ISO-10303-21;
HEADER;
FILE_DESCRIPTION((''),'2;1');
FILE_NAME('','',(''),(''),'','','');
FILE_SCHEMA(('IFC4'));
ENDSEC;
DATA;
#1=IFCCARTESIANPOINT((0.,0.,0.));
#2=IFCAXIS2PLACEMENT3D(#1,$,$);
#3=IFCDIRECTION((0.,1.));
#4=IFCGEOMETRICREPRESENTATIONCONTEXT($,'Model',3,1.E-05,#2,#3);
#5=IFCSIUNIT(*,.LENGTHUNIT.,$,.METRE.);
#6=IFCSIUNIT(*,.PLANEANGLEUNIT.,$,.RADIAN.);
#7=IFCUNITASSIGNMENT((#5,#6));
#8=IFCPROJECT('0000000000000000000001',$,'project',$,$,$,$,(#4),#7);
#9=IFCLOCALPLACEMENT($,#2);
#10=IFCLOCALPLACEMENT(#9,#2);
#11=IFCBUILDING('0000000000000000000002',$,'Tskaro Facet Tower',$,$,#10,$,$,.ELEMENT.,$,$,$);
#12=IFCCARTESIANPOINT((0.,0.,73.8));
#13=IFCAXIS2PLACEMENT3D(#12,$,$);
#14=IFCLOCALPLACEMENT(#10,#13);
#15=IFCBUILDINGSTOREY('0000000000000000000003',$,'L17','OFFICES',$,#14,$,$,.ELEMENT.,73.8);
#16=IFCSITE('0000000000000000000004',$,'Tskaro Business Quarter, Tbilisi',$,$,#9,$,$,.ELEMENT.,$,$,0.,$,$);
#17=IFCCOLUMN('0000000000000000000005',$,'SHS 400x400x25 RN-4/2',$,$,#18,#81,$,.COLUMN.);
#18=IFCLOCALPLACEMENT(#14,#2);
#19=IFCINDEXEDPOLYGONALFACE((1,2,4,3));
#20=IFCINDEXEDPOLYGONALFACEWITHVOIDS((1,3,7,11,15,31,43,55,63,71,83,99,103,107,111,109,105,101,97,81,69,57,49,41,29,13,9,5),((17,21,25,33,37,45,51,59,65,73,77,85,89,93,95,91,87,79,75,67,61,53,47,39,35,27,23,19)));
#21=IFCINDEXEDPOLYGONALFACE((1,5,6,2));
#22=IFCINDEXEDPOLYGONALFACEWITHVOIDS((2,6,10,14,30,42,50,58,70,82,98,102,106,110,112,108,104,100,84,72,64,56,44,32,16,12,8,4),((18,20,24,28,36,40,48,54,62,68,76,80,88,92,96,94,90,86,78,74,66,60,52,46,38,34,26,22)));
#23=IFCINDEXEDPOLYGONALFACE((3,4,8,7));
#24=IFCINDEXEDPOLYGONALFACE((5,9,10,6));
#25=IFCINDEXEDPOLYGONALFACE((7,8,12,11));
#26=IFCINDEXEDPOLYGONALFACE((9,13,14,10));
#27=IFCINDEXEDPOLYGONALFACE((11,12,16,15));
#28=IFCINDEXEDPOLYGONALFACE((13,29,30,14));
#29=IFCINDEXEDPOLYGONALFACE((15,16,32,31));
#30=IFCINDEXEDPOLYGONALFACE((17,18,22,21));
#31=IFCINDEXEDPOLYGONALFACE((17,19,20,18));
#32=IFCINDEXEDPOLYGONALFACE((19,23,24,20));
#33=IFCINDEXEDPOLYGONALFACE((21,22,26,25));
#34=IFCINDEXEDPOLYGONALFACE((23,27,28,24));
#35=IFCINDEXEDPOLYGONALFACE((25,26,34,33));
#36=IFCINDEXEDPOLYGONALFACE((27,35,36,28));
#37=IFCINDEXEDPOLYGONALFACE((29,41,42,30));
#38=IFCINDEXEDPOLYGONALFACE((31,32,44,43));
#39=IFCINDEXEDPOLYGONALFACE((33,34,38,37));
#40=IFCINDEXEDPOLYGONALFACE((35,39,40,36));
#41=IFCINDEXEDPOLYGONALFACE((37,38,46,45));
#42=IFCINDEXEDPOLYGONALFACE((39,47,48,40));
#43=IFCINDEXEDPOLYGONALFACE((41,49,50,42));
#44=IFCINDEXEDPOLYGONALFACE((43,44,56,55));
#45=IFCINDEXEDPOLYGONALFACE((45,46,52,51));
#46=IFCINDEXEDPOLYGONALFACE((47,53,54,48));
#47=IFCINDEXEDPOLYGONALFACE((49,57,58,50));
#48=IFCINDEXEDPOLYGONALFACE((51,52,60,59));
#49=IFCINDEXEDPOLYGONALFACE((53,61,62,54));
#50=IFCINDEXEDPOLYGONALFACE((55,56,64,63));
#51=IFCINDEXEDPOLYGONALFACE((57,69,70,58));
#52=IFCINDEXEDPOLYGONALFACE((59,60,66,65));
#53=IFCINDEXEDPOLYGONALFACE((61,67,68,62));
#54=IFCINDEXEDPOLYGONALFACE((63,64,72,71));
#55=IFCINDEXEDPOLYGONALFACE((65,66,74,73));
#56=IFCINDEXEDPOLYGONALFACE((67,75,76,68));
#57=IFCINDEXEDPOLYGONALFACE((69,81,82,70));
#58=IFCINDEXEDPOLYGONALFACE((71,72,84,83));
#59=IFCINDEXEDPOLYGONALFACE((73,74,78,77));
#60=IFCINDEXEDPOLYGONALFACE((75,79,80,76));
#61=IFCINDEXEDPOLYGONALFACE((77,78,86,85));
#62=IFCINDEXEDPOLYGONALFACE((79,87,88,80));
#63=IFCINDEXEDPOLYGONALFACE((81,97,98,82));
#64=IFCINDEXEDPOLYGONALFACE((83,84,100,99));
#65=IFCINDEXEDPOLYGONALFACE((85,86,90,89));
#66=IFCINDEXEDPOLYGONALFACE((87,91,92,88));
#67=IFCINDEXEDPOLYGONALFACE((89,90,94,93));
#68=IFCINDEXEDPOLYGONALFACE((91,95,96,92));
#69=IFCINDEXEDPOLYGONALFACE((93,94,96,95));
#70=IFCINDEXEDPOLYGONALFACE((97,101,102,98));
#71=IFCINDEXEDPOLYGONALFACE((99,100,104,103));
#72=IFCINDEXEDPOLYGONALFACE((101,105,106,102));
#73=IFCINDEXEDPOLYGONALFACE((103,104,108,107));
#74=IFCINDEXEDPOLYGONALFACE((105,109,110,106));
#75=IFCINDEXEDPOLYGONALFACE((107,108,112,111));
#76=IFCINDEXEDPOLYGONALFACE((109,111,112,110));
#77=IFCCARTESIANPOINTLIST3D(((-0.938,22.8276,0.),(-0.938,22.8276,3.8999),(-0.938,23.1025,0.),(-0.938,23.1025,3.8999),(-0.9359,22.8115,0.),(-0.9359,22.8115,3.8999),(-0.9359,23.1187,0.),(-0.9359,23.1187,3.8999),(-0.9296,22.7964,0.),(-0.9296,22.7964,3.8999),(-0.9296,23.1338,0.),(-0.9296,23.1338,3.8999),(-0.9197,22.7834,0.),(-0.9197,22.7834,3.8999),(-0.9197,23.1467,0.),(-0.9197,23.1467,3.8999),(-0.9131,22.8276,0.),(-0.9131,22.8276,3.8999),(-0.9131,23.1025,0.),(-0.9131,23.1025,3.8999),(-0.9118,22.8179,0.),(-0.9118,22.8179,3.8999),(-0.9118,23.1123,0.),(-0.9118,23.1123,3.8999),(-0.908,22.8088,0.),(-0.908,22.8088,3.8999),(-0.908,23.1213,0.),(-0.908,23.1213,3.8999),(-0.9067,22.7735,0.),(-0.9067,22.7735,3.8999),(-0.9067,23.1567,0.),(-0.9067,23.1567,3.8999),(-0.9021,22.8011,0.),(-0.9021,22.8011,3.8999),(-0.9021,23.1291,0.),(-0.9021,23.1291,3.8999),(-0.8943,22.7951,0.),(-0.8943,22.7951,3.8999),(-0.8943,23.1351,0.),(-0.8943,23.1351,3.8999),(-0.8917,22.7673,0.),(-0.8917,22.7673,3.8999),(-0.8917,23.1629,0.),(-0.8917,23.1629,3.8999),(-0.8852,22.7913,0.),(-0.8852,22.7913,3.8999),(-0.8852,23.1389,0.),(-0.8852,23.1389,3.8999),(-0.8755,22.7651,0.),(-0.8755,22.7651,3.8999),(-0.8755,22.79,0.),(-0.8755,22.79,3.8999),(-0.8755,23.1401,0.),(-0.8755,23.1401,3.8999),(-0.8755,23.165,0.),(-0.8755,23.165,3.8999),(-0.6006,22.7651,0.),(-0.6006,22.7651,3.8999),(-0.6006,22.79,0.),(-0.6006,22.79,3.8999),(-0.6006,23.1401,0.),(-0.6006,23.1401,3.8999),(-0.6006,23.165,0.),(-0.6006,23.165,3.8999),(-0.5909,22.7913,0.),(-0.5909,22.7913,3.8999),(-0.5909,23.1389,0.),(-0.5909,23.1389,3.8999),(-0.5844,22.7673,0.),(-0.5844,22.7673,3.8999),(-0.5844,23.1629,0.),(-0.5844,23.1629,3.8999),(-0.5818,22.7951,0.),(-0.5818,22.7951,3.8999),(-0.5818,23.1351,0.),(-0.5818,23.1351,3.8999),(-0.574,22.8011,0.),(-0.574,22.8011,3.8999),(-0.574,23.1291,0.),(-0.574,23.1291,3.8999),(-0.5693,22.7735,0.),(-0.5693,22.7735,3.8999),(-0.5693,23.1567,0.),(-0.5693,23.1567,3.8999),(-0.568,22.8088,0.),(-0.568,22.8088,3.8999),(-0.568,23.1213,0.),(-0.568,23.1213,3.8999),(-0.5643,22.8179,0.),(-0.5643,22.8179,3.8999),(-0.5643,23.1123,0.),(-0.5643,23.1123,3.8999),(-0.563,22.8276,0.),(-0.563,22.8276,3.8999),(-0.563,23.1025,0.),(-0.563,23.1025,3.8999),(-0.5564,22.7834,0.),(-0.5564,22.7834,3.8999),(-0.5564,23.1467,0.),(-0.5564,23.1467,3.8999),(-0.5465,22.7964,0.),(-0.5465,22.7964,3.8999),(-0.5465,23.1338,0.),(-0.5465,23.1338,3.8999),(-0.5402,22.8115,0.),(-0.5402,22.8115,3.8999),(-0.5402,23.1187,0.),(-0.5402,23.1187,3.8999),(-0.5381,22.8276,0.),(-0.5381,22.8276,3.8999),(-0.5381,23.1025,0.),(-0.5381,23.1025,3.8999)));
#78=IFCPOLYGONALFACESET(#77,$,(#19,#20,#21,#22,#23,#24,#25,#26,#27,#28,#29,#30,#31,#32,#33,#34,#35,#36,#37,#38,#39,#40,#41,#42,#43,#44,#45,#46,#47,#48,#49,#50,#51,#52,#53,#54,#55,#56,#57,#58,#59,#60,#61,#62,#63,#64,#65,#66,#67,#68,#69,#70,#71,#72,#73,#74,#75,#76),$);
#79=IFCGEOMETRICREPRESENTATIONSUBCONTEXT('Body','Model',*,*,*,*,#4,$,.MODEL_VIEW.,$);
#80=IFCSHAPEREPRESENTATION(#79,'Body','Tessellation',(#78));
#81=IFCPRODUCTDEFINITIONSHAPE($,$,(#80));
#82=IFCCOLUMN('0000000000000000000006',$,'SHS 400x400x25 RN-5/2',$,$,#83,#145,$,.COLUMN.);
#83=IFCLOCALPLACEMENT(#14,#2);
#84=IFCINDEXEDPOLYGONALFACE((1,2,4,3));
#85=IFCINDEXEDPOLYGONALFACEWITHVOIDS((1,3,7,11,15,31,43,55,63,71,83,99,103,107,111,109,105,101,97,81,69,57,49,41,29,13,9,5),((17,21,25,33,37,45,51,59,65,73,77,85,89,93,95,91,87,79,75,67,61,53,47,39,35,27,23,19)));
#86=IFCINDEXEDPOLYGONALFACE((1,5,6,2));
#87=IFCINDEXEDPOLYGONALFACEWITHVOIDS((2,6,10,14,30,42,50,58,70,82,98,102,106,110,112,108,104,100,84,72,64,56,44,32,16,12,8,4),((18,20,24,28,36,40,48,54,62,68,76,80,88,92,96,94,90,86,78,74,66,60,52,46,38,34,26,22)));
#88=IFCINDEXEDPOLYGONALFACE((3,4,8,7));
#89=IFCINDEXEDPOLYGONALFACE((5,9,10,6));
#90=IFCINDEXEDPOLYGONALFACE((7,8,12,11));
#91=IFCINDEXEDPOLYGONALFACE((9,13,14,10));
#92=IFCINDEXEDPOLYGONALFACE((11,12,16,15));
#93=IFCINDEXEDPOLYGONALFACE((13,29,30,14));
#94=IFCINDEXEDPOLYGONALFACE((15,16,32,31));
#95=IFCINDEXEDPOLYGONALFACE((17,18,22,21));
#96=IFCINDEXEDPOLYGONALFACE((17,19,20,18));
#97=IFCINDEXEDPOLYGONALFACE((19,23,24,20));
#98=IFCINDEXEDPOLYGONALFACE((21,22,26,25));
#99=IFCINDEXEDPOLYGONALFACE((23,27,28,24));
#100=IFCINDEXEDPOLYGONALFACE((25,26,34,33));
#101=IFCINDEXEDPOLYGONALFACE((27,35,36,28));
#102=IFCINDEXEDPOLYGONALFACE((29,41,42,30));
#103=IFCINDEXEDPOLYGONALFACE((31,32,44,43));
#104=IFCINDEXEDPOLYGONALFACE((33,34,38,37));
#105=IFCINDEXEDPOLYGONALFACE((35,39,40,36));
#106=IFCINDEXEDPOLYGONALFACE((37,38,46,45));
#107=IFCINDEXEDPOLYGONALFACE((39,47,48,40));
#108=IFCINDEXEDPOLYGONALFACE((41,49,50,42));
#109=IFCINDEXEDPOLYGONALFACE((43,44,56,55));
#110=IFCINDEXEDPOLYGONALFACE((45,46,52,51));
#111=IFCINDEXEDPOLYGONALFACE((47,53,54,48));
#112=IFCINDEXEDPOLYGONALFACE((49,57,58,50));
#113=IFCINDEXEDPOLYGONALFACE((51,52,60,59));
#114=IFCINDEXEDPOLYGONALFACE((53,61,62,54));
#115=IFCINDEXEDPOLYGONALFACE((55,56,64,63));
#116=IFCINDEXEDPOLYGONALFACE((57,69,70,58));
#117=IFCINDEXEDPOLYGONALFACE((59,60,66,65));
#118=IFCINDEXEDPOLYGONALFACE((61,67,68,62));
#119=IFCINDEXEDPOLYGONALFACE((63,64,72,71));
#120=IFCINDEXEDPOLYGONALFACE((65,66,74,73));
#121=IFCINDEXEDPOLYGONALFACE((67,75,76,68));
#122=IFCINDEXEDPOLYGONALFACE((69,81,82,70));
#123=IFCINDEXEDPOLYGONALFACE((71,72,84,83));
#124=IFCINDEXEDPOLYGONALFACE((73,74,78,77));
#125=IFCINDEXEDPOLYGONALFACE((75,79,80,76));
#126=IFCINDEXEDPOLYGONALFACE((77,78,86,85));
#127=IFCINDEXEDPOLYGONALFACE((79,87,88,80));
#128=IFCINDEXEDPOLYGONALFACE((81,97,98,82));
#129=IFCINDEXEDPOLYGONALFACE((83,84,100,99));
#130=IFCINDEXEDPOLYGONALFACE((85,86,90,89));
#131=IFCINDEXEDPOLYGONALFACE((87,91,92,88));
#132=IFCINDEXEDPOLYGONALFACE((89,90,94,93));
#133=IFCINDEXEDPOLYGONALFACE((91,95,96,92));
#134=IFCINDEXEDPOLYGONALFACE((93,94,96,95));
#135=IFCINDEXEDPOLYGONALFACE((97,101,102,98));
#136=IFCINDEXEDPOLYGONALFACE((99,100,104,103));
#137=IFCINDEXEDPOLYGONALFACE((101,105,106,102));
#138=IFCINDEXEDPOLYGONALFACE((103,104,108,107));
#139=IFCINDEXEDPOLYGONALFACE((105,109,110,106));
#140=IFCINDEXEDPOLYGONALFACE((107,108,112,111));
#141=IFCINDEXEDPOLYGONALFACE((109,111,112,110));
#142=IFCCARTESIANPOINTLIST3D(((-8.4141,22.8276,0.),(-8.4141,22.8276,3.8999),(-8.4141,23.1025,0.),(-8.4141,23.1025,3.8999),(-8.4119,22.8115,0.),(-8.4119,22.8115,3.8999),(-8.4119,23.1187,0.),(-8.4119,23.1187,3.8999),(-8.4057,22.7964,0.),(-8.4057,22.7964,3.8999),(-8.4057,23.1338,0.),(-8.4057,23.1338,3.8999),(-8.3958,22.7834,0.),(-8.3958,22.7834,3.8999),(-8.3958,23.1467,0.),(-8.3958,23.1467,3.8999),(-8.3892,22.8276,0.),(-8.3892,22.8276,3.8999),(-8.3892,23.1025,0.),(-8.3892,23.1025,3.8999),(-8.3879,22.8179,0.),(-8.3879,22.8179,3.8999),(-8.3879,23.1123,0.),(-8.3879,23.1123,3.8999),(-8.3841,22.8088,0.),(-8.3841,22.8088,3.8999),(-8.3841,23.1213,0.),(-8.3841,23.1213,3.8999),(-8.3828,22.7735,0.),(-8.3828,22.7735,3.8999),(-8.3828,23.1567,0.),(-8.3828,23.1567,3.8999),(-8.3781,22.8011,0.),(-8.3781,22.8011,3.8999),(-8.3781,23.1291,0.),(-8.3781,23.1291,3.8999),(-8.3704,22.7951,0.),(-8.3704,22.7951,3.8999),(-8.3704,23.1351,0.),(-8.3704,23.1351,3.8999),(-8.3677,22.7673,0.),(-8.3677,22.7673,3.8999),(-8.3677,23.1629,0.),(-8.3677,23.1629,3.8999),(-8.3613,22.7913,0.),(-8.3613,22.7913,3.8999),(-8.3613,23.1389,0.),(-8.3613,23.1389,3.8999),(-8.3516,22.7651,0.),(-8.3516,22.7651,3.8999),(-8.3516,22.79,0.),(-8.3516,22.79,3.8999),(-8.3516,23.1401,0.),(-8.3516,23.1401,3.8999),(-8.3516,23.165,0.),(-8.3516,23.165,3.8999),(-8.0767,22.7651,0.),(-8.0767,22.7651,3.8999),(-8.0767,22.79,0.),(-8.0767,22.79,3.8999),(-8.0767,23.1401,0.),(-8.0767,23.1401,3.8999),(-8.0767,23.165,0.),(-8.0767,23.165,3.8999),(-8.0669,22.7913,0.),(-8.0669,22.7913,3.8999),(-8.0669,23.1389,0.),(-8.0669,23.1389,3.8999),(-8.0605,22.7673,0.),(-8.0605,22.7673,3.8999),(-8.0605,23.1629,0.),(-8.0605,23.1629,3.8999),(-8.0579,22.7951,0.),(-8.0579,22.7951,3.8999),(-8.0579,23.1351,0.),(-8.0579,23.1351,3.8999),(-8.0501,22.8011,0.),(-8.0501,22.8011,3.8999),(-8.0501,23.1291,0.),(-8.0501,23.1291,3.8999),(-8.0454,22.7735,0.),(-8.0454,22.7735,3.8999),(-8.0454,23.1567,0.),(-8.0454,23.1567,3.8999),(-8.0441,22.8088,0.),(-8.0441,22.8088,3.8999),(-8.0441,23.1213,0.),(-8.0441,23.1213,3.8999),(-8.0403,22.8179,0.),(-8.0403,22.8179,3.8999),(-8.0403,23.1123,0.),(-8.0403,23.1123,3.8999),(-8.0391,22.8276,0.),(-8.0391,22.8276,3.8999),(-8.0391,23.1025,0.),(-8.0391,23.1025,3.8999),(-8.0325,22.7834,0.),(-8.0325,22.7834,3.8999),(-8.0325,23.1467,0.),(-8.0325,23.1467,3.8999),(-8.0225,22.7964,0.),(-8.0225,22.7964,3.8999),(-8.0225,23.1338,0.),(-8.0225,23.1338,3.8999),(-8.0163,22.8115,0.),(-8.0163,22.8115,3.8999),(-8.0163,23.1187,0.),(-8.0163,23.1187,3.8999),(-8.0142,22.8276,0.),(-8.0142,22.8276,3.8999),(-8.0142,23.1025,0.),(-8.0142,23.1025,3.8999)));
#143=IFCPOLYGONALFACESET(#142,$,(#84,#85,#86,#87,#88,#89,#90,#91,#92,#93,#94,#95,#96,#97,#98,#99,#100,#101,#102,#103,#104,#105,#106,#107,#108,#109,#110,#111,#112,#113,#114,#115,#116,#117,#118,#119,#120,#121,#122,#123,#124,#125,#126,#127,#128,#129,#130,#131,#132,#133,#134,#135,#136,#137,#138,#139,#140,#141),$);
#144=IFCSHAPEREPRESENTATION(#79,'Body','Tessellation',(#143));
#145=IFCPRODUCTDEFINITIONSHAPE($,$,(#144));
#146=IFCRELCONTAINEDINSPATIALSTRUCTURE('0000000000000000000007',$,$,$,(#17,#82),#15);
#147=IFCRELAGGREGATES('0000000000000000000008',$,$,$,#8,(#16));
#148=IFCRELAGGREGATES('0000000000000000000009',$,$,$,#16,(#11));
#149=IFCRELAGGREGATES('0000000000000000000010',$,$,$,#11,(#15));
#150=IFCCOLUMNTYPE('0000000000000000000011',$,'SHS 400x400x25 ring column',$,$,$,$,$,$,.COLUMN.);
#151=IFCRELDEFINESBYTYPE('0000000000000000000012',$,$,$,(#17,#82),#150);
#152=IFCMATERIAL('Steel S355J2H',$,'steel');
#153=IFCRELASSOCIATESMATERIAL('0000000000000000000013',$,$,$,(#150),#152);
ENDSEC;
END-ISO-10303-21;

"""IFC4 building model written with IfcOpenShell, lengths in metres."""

from ifc_helpers import new_model, si_unit, direction, frame, origin, origin_2d, place, context, subcontext, project, spatial, hollow_rectangle, extrude, material, material_profile, profile_set, type_object, element, save


model = new_model("IFC4")

# Units and contexts
model_context = context("Model", 3, precision=1e-05, world=origin(), true_north=direction((0.0, 1.0)))
body_context = subcontext(model_context, "Body", "Model", "MODEL_VIEW")
ifc_project = project(units=[si_unit("LENGTHUNIT", "METRE"), si_unit("PLANEANGLEUNIT", "RADIAN")], contexts=[model_context])

# Site, building, storey
site_placement = place(None, origin())
site = spatial("IfcSite", under=ifc_project, at=site_placement, Name="Tskaro Business Quarter, Tbilisi", CompositionType="ELEMENT", RefElevation=0.0)
building_placement = place(site_placement, origin())
building = spatial("IfcBuilding", under=site, at=building_placement, Name="Tskaro Facet Tower", CompositionType="ELEMENT")
storey_placement = place(building_placement, frame((0.0, 0.0, 73.8)))
storey = spatial("IfcBuildingStorey", under=building, at=storey_placement, Name="L17", Description="OFFICES", CompositionType="ELEMENT", Elevation=73.8)

# Columns
ifc_material_1 = material(Name="Steel S355J2H", Category="steel")
ifc_material_profile_1 = material_profile(ifc_material_1, hollow_rectangle(XDim=0.3999, YDim=0.3999, WallThickness=0.0249, InnerFilletRadius=0.0376, OuterFilletRadius=0.0625, at=origin_2d()), Name="SHS 400x400x25")
ifc_profile_set_1 = profile_set([ifc_material_profile_1], Name="Steel S355J2H")
column_type_1 = type_object("IfcColumnType", Name="SHS 400x400x25 ring column", PredefinedType="COLUMN", material=ifc_profile_set_1)
for number, where, z_axis, x_axis, name in (
    (1, (-0.738, 22.9651, 0.0), (0.0, 0.0, 1.0), (1.0, 0.0, 0.0), "SHS 400x400x25 RN-4/2"),
    (2, (-8.2141, 22.9651, 0.0), (0.0, 0.0, 1.0), (1.0, 0.0, 0.0), "SHS 400x400x25 RN-5/2"),
):
    element("IfcColumn", number, at=place(storey_placement, frame(where, z_axis=z_axis, x_axis=x_axis)), inside=storey, type_object=column_type_1, Name=name, PredefinedType="COLUMN", context=body_context, shape_type="SweptSolid", body=[
        extrude(hollow_rectangle(XDim=0.3999, YDim=0.3999, WallThickness=0.0249, InnerFilletRadius=0.0376, OuterFilletRadius=0.0625, at=origin_2d()), origin(), (0.0, 0.0, 1.0), 3.8999),
    ])

save(model, "model.ifc")
